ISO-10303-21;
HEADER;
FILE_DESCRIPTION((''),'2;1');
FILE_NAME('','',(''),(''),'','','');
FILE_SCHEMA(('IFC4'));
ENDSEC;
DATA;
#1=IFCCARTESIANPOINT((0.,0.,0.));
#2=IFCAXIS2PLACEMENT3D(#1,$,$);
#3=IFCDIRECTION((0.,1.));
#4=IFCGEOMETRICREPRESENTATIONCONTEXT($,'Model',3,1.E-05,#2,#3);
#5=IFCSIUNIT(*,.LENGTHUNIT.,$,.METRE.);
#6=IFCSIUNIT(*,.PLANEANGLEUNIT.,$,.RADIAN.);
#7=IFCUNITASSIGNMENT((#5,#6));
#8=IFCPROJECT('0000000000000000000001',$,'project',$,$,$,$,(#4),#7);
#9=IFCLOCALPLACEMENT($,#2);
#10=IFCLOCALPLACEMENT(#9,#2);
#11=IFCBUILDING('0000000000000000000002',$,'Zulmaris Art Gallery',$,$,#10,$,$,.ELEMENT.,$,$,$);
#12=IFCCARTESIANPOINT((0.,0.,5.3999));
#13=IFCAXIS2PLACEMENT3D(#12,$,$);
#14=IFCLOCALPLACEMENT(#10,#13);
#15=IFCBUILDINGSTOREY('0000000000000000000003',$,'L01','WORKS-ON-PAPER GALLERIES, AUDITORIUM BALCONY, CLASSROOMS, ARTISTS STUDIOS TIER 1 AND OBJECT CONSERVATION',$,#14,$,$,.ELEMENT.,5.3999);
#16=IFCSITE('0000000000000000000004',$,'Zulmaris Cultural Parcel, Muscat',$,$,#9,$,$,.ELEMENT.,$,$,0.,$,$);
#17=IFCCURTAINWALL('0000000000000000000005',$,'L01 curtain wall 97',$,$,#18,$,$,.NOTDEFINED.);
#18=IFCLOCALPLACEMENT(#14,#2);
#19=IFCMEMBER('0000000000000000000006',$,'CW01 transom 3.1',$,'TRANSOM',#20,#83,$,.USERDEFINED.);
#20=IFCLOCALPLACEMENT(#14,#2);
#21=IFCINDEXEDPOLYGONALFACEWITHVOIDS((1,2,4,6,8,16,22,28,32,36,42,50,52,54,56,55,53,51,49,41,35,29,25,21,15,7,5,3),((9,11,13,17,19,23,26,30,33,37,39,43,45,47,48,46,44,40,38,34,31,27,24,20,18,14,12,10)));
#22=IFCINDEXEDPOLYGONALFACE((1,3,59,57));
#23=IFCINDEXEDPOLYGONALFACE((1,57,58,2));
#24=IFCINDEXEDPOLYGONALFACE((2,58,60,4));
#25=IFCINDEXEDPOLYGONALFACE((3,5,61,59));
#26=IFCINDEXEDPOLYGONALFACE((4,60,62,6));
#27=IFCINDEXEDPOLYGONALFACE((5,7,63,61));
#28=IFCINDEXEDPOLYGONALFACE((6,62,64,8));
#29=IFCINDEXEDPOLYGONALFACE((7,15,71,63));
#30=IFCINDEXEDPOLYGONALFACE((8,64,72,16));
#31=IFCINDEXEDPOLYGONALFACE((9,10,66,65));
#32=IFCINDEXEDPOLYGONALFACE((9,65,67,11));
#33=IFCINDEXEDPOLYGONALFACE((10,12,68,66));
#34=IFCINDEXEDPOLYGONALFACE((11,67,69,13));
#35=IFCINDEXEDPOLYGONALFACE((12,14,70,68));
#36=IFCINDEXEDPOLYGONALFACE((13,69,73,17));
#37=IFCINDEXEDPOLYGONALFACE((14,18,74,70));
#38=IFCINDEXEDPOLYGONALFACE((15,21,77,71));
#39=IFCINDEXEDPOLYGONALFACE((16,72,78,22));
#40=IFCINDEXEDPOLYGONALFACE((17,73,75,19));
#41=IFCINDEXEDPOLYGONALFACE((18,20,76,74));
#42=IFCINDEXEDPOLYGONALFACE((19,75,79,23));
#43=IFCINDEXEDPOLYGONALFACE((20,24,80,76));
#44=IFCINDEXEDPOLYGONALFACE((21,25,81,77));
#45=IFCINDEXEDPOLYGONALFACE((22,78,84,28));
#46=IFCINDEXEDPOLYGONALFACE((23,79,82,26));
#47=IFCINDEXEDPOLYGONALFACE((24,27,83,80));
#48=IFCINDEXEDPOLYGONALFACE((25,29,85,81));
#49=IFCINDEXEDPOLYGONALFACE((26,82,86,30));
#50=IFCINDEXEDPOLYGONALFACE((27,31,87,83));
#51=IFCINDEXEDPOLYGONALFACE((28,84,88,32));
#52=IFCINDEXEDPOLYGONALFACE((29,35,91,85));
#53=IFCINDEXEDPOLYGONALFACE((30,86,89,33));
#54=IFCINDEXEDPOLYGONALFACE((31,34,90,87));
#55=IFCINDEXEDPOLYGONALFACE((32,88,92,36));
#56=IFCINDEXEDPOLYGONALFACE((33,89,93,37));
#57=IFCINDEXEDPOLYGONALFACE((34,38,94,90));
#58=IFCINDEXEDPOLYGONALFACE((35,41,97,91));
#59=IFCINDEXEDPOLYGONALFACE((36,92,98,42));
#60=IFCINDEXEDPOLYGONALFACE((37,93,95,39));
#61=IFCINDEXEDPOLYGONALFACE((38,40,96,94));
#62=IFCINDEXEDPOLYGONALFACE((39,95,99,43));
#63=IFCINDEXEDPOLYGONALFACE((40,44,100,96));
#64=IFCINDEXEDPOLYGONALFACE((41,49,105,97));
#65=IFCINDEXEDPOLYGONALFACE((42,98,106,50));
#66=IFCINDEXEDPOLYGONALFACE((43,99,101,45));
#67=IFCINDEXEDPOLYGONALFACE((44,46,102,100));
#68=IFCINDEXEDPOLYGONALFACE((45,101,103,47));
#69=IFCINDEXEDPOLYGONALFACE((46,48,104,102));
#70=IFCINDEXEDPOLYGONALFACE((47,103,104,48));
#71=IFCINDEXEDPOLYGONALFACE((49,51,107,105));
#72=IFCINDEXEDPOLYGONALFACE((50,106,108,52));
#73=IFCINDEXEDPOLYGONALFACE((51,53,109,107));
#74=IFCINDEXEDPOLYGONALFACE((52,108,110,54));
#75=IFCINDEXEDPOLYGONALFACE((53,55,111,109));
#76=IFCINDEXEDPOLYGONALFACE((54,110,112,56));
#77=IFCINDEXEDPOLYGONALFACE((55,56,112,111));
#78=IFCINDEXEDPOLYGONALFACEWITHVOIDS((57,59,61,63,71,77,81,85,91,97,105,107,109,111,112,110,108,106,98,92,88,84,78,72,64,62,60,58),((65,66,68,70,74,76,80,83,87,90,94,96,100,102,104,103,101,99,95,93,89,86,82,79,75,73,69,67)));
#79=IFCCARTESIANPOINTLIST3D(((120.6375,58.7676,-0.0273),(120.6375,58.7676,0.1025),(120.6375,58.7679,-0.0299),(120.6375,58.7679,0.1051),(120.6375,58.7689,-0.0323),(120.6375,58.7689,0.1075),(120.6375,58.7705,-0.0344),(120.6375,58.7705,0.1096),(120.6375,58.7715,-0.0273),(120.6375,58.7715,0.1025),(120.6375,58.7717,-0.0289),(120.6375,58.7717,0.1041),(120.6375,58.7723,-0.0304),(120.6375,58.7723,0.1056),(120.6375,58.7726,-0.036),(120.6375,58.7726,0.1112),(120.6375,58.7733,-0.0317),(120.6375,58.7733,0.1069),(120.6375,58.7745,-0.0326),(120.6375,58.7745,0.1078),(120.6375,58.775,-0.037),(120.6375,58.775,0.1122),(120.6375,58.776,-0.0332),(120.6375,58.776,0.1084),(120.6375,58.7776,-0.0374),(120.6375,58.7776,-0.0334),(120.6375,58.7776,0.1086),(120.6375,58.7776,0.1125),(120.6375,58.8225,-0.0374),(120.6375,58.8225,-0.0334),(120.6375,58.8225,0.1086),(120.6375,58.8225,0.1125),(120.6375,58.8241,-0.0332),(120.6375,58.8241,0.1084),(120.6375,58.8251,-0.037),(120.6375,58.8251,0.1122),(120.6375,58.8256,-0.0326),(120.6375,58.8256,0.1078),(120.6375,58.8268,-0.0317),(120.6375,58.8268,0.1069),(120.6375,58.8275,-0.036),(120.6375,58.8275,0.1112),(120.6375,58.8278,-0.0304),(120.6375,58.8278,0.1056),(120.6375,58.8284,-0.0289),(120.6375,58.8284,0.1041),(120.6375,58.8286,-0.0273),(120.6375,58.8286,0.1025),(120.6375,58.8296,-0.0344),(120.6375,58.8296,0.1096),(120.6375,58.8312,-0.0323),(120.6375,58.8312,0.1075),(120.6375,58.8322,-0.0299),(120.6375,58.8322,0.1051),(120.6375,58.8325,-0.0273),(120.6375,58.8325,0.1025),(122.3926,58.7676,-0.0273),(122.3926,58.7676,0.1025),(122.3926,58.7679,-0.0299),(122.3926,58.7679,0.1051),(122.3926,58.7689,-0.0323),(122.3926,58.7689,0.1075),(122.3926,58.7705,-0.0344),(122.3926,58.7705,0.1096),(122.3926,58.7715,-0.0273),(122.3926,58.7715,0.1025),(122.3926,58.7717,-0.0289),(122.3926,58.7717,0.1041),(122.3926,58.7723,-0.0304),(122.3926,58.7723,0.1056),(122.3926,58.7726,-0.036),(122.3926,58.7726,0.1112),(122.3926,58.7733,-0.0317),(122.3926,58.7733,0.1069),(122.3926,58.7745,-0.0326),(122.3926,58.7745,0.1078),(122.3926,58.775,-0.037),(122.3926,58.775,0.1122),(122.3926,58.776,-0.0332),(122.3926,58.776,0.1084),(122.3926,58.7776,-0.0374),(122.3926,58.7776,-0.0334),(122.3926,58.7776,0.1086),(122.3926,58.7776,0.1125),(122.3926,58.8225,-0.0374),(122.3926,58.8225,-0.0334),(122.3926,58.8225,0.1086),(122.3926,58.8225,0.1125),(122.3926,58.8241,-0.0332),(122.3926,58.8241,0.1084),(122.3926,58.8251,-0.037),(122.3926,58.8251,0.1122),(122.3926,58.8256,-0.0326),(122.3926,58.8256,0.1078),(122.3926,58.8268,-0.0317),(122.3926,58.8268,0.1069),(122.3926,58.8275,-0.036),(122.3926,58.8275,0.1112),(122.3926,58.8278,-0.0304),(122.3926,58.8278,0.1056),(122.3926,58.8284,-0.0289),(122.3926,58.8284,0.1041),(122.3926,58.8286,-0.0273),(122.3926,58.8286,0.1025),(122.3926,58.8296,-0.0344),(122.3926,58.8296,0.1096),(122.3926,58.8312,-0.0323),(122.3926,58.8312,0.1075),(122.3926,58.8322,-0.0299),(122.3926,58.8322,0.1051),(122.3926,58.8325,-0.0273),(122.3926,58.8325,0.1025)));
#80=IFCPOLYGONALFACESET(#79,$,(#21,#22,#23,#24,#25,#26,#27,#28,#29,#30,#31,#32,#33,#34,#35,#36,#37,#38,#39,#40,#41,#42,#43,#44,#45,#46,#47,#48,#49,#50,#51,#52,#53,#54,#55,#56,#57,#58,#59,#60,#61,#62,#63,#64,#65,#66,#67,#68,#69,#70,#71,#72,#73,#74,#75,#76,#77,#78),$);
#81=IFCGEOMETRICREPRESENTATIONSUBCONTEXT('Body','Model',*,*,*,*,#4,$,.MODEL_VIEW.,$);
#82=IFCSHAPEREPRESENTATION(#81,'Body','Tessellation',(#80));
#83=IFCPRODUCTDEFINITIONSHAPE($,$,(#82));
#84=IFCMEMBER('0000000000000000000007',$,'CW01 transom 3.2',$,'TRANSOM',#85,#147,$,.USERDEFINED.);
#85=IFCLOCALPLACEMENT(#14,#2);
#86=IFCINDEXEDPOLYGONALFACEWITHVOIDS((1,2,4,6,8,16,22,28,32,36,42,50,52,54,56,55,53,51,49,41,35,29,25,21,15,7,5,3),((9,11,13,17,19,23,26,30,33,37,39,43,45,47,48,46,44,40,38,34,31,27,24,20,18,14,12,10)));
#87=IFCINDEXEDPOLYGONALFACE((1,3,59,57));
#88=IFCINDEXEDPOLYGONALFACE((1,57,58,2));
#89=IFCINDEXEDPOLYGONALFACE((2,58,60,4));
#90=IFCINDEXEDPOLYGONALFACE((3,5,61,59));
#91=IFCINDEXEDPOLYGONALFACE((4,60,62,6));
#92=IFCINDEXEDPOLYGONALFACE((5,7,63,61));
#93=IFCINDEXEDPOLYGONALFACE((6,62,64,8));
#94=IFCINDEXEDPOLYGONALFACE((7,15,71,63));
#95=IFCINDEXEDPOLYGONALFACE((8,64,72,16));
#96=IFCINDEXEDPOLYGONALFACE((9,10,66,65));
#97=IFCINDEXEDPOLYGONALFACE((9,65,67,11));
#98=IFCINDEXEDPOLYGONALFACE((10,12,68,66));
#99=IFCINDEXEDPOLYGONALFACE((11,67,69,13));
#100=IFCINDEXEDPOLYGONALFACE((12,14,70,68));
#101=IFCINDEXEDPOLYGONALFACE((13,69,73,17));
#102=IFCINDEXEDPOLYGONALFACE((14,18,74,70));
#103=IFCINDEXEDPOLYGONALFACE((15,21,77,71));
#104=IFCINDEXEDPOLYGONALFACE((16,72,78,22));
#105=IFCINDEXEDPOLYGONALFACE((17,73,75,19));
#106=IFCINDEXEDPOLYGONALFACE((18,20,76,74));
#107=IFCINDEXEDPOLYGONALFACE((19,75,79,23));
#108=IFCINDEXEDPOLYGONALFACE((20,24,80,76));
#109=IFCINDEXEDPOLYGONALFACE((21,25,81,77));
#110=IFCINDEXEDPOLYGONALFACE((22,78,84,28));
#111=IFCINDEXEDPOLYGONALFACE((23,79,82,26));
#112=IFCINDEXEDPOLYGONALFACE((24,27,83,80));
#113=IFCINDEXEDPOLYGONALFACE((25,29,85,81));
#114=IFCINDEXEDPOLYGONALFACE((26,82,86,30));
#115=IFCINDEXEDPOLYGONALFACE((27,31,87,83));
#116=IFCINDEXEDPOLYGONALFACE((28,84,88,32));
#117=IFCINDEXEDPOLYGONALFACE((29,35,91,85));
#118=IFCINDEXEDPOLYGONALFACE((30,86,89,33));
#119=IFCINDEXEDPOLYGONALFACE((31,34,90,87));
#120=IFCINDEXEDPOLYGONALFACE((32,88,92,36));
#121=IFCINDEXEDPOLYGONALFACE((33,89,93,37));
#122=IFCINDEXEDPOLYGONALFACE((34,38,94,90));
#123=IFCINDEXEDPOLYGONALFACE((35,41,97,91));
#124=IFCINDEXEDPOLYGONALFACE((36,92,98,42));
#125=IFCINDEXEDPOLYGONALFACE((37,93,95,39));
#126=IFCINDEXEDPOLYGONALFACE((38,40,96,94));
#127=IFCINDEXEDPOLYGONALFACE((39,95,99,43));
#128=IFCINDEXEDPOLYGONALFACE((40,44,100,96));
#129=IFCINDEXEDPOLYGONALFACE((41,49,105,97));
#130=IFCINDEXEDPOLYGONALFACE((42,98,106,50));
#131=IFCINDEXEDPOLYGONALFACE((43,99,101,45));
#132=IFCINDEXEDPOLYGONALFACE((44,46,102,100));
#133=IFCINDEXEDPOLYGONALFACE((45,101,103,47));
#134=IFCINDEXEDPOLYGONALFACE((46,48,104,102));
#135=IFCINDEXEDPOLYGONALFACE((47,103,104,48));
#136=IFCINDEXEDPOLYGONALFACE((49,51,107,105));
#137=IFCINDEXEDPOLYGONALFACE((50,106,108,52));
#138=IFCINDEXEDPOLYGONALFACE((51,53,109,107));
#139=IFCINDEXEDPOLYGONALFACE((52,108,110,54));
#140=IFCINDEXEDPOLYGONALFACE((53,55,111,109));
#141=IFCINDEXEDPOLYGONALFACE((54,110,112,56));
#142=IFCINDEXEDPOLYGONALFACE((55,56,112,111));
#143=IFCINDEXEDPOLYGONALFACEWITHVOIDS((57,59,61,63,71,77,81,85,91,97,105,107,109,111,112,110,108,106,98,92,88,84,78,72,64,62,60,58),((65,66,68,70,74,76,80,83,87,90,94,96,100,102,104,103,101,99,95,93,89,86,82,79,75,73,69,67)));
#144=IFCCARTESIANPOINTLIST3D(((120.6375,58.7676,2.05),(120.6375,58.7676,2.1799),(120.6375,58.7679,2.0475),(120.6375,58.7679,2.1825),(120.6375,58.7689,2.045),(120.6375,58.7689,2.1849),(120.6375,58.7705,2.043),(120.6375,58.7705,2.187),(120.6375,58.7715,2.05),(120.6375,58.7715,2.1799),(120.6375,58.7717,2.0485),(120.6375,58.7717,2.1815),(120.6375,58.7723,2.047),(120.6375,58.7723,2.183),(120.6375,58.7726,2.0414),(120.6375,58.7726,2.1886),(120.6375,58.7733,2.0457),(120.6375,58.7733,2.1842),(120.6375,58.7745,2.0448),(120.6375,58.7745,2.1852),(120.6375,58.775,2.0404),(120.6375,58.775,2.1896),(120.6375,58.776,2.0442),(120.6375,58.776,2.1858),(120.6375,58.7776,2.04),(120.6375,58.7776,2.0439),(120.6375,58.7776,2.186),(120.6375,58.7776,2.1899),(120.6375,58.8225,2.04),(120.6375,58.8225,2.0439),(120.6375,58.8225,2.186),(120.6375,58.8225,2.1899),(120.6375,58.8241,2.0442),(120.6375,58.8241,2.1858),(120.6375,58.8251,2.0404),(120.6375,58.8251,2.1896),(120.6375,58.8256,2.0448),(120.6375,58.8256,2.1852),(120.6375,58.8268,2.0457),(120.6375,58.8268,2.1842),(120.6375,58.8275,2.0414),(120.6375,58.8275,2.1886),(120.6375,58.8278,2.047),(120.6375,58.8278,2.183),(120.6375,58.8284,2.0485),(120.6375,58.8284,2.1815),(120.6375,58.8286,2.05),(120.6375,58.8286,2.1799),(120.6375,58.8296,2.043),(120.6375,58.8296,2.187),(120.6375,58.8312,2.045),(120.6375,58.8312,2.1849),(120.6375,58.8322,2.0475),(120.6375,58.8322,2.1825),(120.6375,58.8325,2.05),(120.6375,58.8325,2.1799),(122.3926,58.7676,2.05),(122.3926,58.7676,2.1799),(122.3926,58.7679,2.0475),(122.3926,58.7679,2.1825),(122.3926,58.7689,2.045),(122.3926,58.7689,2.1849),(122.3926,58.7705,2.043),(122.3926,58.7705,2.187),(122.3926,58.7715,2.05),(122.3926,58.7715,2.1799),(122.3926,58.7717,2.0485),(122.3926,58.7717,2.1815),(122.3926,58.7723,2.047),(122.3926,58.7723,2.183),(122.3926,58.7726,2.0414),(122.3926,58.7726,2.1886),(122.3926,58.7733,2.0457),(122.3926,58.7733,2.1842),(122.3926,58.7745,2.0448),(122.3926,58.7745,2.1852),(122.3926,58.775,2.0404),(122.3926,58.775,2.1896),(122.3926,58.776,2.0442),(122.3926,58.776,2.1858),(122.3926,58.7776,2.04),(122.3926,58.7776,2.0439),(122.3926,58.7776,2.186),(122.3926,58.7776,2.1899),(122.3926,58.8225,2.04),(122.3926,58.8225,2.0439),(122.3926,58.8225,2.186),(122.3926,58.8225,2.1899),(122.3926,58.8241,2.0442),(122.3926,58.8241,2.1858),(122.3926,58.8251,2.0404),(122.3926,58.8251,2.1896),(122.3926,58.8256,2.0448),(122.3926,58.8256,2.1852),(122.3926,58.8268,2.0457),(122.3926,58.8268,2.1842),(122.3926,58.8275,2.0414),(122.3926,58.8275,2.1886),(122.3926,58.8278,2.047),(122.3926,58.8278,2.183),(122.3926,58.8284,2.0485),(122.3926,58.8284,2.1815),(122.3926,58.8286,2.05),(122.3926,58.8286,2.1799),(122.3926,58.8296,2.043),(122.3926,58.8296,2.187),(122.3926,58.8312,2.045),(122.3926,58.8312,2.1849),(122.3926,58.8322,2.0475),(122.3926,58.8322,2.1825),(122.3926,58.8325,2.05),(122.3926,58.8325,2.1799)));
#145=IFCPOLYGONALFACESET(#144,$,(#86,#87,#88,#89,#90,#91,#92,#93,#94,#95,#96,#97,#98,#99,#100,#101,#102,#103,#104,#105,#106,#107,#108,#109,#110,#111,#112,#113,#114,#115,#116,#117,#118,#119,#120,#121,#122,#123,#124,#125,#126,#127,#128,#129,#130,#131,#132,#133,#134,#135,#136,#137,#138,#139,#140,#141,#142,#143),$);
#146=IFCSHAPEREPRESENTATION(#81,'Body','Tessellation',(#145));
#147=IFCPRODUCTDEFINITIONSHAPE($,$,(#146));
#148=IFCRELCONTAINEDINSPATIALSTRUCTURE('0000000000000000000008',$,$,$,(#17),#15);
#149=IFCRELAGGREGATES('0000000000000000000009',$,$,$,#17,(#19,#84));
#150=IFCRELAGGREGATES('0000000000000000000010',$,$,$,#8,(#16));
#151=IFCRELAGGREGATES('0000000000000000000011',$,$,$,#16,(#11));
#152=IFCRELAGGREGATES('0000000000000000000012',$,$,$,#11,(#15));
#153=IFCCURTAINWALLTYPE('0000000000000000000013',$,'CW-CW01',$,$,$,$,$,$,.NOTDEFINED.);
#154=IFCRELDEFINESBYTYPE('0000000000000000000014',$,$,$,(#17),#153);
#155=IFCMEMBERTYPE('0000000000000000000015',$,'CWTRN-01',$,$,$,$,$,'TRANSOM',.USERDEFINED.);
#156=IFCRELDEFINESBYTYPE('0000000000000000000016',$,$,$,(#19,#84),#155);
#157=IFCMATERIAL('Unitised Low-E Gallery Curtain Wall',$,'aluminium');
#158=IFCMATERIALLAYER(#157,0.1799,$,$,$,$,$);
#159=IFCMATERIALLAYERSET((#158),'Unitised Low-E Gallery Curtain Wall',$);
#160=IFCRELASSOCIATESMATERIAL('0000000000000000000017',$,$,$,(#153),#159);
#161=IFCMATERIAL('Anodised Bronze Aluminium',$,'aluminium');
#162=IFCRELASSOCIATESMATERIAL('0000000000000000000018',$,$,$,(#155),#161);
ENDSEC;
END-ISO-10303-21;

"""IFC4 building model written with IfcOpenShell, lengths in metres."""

from ifc_helpers import new_model, si_unit, direction, frame, origin, origin_2d, place, context, subcontext, project, spatial, hollow_rectangle, extrude, material, layer, layer_set, material_profile, profile_set, type_object, element, aggregate, save


model = new_model("IFC4")

# Units and contexts
model_context = context("Model", 3, precision=1e-05, world=origin(), true_north=direction((0.0, 1.0)))
body_context = subcontext(model_context, "Body", "Model", "MODEL_VIEW")
ifc_project = project(units=[si_unit("LENGTHUNIT", "METRE"), si_unit("PLANEANGLEUNIT", "RADIAN")], contexts=[model_context])

# Site, building, storey
site_placement = place(None, origin())
site = spatial("IfcSite", under=ifc_project, at=site_placement, Name="Zulmaris Cultural Parcel, Muscat", CompositionType="ELEMENT", RefElevation=0.0)
building_placement = place(site_placement, origin())
building = spatial("IfcBuilding", under=site, at=building_placement, Name="Zulmaris Art Gallery", CompositionType="ELEMENT")
storey_placement = place(building_placement, frame((0.0, 0.0, 5.3999)))
storey = spatial("IfcBuildingStorey", under=building, at=storey_placement, Name="L01", Description="WORKS-ON-PAPER GALLERIES, AUDITORIUM BALCONY, CLASSROOMS, ARTISTS STUDIOS TIER 1 AND OBJECT CONSERVATION", CompositionType="ELEMENT", Elevation=5.3999)

# Curtain wall, members
ifc_material_1 = material(Name="Unitised Low-E Gallery Curtain Wall", Category="aluminium")
ifc_layer_1 = layer(ifc_material_1, 0.1799)
ifc_layer_set_1 = layer_set([ifc_layer_1], Name="Unitised Low-E Gallery Curtain Wall")
curtain_wall_type = type_object("IfcCurtainWallType", Name="CW-CW01", PredefinedType="NOTDEFINED", material=ifc_layer_set_1)
curtain_wall_placement = place(storey_placement, origin())
curtain_wall = element("IfcCurtainWall", 1, at=curtain_wall_placement, inside=storey, type_object=curtain_wall_type, Name="L01 curtain wall 97", PredefinedType="NOTDEFINED")
ifc_material_2 = material(Name="Anodised Bronze Aluminium", Category="aluminium")
ifc_material_profile_1 = material_profile(ifc_material_2, hollow_rectangle(XDim=0.0649, YDim=0.1499, WallThickness=0.0039, InnerFilletRadius=0.0061, OuterFilletRadius=0.01, at=origin_2d()), Name="ALU 65x150x4")
ifc_profile_set_1 = profile_set([ifc_material_profile_1], Name="Anodised Bronze Aluminium")
member_type_1 = type_object("IfcMemberType", Name="CWTRN-01", ElementType="TRANSOM", PredefinedType="USERDEFINED", material=ifc_profile_set_1)
member_1_placement = place(storey_placement, frame((120.6375, 58.8, 0.0376), z_axis=(1.0, 0.0, 0.0), x_axis=(0.0, 1.0, 0.0)))
member_1 = element("IfcMember", 2, at=member_1_placement, type_object=member_type_1, Name="CW01 transom 3.1", ObjectType="TRANSOM", PredefinedType="USERDEFINED", context=body_context, shape_type="SweptSolid", body=[
    extrude(hollow_rectangle(XDim=0.0649, YDim=0.1499, WallThickness=0.0039, InnerFilletRadius=0.0061, OuterFilletRadius=0.01, at=origin_2d()), origin(), (0.0, 0.0, 1.0), 1.7551),
])
member_2_placement = place(storey_placement, frame((120.6375, 58.8, 2.115), z_axis=(1.0, 0.0, 0.0), x_axis=(0.0, 1.0, 0.0)))
member_2 = element("IfcMember", 3, at=member_2_placement, type_object=member_type_1, Name="CW01 transom 3.2", ObjectType="TRANSOM", PredefinedType="USERDEFINED", context=body_context, shape_type="SweptSolid", body=[
    extrude(hollow_rectangle(XDim=0.0649, YDim=0.1499, WallThickness=0.0039, InnerFilletRadius=0.0061, OuterFilletRadius=0.01, at=origin_2d()), origin(), (0.0, 0.0, 1.0), 1.7551),
])
aggregate(curtain_wall, [member_1, member_2])

save(model, "model.ifc")
